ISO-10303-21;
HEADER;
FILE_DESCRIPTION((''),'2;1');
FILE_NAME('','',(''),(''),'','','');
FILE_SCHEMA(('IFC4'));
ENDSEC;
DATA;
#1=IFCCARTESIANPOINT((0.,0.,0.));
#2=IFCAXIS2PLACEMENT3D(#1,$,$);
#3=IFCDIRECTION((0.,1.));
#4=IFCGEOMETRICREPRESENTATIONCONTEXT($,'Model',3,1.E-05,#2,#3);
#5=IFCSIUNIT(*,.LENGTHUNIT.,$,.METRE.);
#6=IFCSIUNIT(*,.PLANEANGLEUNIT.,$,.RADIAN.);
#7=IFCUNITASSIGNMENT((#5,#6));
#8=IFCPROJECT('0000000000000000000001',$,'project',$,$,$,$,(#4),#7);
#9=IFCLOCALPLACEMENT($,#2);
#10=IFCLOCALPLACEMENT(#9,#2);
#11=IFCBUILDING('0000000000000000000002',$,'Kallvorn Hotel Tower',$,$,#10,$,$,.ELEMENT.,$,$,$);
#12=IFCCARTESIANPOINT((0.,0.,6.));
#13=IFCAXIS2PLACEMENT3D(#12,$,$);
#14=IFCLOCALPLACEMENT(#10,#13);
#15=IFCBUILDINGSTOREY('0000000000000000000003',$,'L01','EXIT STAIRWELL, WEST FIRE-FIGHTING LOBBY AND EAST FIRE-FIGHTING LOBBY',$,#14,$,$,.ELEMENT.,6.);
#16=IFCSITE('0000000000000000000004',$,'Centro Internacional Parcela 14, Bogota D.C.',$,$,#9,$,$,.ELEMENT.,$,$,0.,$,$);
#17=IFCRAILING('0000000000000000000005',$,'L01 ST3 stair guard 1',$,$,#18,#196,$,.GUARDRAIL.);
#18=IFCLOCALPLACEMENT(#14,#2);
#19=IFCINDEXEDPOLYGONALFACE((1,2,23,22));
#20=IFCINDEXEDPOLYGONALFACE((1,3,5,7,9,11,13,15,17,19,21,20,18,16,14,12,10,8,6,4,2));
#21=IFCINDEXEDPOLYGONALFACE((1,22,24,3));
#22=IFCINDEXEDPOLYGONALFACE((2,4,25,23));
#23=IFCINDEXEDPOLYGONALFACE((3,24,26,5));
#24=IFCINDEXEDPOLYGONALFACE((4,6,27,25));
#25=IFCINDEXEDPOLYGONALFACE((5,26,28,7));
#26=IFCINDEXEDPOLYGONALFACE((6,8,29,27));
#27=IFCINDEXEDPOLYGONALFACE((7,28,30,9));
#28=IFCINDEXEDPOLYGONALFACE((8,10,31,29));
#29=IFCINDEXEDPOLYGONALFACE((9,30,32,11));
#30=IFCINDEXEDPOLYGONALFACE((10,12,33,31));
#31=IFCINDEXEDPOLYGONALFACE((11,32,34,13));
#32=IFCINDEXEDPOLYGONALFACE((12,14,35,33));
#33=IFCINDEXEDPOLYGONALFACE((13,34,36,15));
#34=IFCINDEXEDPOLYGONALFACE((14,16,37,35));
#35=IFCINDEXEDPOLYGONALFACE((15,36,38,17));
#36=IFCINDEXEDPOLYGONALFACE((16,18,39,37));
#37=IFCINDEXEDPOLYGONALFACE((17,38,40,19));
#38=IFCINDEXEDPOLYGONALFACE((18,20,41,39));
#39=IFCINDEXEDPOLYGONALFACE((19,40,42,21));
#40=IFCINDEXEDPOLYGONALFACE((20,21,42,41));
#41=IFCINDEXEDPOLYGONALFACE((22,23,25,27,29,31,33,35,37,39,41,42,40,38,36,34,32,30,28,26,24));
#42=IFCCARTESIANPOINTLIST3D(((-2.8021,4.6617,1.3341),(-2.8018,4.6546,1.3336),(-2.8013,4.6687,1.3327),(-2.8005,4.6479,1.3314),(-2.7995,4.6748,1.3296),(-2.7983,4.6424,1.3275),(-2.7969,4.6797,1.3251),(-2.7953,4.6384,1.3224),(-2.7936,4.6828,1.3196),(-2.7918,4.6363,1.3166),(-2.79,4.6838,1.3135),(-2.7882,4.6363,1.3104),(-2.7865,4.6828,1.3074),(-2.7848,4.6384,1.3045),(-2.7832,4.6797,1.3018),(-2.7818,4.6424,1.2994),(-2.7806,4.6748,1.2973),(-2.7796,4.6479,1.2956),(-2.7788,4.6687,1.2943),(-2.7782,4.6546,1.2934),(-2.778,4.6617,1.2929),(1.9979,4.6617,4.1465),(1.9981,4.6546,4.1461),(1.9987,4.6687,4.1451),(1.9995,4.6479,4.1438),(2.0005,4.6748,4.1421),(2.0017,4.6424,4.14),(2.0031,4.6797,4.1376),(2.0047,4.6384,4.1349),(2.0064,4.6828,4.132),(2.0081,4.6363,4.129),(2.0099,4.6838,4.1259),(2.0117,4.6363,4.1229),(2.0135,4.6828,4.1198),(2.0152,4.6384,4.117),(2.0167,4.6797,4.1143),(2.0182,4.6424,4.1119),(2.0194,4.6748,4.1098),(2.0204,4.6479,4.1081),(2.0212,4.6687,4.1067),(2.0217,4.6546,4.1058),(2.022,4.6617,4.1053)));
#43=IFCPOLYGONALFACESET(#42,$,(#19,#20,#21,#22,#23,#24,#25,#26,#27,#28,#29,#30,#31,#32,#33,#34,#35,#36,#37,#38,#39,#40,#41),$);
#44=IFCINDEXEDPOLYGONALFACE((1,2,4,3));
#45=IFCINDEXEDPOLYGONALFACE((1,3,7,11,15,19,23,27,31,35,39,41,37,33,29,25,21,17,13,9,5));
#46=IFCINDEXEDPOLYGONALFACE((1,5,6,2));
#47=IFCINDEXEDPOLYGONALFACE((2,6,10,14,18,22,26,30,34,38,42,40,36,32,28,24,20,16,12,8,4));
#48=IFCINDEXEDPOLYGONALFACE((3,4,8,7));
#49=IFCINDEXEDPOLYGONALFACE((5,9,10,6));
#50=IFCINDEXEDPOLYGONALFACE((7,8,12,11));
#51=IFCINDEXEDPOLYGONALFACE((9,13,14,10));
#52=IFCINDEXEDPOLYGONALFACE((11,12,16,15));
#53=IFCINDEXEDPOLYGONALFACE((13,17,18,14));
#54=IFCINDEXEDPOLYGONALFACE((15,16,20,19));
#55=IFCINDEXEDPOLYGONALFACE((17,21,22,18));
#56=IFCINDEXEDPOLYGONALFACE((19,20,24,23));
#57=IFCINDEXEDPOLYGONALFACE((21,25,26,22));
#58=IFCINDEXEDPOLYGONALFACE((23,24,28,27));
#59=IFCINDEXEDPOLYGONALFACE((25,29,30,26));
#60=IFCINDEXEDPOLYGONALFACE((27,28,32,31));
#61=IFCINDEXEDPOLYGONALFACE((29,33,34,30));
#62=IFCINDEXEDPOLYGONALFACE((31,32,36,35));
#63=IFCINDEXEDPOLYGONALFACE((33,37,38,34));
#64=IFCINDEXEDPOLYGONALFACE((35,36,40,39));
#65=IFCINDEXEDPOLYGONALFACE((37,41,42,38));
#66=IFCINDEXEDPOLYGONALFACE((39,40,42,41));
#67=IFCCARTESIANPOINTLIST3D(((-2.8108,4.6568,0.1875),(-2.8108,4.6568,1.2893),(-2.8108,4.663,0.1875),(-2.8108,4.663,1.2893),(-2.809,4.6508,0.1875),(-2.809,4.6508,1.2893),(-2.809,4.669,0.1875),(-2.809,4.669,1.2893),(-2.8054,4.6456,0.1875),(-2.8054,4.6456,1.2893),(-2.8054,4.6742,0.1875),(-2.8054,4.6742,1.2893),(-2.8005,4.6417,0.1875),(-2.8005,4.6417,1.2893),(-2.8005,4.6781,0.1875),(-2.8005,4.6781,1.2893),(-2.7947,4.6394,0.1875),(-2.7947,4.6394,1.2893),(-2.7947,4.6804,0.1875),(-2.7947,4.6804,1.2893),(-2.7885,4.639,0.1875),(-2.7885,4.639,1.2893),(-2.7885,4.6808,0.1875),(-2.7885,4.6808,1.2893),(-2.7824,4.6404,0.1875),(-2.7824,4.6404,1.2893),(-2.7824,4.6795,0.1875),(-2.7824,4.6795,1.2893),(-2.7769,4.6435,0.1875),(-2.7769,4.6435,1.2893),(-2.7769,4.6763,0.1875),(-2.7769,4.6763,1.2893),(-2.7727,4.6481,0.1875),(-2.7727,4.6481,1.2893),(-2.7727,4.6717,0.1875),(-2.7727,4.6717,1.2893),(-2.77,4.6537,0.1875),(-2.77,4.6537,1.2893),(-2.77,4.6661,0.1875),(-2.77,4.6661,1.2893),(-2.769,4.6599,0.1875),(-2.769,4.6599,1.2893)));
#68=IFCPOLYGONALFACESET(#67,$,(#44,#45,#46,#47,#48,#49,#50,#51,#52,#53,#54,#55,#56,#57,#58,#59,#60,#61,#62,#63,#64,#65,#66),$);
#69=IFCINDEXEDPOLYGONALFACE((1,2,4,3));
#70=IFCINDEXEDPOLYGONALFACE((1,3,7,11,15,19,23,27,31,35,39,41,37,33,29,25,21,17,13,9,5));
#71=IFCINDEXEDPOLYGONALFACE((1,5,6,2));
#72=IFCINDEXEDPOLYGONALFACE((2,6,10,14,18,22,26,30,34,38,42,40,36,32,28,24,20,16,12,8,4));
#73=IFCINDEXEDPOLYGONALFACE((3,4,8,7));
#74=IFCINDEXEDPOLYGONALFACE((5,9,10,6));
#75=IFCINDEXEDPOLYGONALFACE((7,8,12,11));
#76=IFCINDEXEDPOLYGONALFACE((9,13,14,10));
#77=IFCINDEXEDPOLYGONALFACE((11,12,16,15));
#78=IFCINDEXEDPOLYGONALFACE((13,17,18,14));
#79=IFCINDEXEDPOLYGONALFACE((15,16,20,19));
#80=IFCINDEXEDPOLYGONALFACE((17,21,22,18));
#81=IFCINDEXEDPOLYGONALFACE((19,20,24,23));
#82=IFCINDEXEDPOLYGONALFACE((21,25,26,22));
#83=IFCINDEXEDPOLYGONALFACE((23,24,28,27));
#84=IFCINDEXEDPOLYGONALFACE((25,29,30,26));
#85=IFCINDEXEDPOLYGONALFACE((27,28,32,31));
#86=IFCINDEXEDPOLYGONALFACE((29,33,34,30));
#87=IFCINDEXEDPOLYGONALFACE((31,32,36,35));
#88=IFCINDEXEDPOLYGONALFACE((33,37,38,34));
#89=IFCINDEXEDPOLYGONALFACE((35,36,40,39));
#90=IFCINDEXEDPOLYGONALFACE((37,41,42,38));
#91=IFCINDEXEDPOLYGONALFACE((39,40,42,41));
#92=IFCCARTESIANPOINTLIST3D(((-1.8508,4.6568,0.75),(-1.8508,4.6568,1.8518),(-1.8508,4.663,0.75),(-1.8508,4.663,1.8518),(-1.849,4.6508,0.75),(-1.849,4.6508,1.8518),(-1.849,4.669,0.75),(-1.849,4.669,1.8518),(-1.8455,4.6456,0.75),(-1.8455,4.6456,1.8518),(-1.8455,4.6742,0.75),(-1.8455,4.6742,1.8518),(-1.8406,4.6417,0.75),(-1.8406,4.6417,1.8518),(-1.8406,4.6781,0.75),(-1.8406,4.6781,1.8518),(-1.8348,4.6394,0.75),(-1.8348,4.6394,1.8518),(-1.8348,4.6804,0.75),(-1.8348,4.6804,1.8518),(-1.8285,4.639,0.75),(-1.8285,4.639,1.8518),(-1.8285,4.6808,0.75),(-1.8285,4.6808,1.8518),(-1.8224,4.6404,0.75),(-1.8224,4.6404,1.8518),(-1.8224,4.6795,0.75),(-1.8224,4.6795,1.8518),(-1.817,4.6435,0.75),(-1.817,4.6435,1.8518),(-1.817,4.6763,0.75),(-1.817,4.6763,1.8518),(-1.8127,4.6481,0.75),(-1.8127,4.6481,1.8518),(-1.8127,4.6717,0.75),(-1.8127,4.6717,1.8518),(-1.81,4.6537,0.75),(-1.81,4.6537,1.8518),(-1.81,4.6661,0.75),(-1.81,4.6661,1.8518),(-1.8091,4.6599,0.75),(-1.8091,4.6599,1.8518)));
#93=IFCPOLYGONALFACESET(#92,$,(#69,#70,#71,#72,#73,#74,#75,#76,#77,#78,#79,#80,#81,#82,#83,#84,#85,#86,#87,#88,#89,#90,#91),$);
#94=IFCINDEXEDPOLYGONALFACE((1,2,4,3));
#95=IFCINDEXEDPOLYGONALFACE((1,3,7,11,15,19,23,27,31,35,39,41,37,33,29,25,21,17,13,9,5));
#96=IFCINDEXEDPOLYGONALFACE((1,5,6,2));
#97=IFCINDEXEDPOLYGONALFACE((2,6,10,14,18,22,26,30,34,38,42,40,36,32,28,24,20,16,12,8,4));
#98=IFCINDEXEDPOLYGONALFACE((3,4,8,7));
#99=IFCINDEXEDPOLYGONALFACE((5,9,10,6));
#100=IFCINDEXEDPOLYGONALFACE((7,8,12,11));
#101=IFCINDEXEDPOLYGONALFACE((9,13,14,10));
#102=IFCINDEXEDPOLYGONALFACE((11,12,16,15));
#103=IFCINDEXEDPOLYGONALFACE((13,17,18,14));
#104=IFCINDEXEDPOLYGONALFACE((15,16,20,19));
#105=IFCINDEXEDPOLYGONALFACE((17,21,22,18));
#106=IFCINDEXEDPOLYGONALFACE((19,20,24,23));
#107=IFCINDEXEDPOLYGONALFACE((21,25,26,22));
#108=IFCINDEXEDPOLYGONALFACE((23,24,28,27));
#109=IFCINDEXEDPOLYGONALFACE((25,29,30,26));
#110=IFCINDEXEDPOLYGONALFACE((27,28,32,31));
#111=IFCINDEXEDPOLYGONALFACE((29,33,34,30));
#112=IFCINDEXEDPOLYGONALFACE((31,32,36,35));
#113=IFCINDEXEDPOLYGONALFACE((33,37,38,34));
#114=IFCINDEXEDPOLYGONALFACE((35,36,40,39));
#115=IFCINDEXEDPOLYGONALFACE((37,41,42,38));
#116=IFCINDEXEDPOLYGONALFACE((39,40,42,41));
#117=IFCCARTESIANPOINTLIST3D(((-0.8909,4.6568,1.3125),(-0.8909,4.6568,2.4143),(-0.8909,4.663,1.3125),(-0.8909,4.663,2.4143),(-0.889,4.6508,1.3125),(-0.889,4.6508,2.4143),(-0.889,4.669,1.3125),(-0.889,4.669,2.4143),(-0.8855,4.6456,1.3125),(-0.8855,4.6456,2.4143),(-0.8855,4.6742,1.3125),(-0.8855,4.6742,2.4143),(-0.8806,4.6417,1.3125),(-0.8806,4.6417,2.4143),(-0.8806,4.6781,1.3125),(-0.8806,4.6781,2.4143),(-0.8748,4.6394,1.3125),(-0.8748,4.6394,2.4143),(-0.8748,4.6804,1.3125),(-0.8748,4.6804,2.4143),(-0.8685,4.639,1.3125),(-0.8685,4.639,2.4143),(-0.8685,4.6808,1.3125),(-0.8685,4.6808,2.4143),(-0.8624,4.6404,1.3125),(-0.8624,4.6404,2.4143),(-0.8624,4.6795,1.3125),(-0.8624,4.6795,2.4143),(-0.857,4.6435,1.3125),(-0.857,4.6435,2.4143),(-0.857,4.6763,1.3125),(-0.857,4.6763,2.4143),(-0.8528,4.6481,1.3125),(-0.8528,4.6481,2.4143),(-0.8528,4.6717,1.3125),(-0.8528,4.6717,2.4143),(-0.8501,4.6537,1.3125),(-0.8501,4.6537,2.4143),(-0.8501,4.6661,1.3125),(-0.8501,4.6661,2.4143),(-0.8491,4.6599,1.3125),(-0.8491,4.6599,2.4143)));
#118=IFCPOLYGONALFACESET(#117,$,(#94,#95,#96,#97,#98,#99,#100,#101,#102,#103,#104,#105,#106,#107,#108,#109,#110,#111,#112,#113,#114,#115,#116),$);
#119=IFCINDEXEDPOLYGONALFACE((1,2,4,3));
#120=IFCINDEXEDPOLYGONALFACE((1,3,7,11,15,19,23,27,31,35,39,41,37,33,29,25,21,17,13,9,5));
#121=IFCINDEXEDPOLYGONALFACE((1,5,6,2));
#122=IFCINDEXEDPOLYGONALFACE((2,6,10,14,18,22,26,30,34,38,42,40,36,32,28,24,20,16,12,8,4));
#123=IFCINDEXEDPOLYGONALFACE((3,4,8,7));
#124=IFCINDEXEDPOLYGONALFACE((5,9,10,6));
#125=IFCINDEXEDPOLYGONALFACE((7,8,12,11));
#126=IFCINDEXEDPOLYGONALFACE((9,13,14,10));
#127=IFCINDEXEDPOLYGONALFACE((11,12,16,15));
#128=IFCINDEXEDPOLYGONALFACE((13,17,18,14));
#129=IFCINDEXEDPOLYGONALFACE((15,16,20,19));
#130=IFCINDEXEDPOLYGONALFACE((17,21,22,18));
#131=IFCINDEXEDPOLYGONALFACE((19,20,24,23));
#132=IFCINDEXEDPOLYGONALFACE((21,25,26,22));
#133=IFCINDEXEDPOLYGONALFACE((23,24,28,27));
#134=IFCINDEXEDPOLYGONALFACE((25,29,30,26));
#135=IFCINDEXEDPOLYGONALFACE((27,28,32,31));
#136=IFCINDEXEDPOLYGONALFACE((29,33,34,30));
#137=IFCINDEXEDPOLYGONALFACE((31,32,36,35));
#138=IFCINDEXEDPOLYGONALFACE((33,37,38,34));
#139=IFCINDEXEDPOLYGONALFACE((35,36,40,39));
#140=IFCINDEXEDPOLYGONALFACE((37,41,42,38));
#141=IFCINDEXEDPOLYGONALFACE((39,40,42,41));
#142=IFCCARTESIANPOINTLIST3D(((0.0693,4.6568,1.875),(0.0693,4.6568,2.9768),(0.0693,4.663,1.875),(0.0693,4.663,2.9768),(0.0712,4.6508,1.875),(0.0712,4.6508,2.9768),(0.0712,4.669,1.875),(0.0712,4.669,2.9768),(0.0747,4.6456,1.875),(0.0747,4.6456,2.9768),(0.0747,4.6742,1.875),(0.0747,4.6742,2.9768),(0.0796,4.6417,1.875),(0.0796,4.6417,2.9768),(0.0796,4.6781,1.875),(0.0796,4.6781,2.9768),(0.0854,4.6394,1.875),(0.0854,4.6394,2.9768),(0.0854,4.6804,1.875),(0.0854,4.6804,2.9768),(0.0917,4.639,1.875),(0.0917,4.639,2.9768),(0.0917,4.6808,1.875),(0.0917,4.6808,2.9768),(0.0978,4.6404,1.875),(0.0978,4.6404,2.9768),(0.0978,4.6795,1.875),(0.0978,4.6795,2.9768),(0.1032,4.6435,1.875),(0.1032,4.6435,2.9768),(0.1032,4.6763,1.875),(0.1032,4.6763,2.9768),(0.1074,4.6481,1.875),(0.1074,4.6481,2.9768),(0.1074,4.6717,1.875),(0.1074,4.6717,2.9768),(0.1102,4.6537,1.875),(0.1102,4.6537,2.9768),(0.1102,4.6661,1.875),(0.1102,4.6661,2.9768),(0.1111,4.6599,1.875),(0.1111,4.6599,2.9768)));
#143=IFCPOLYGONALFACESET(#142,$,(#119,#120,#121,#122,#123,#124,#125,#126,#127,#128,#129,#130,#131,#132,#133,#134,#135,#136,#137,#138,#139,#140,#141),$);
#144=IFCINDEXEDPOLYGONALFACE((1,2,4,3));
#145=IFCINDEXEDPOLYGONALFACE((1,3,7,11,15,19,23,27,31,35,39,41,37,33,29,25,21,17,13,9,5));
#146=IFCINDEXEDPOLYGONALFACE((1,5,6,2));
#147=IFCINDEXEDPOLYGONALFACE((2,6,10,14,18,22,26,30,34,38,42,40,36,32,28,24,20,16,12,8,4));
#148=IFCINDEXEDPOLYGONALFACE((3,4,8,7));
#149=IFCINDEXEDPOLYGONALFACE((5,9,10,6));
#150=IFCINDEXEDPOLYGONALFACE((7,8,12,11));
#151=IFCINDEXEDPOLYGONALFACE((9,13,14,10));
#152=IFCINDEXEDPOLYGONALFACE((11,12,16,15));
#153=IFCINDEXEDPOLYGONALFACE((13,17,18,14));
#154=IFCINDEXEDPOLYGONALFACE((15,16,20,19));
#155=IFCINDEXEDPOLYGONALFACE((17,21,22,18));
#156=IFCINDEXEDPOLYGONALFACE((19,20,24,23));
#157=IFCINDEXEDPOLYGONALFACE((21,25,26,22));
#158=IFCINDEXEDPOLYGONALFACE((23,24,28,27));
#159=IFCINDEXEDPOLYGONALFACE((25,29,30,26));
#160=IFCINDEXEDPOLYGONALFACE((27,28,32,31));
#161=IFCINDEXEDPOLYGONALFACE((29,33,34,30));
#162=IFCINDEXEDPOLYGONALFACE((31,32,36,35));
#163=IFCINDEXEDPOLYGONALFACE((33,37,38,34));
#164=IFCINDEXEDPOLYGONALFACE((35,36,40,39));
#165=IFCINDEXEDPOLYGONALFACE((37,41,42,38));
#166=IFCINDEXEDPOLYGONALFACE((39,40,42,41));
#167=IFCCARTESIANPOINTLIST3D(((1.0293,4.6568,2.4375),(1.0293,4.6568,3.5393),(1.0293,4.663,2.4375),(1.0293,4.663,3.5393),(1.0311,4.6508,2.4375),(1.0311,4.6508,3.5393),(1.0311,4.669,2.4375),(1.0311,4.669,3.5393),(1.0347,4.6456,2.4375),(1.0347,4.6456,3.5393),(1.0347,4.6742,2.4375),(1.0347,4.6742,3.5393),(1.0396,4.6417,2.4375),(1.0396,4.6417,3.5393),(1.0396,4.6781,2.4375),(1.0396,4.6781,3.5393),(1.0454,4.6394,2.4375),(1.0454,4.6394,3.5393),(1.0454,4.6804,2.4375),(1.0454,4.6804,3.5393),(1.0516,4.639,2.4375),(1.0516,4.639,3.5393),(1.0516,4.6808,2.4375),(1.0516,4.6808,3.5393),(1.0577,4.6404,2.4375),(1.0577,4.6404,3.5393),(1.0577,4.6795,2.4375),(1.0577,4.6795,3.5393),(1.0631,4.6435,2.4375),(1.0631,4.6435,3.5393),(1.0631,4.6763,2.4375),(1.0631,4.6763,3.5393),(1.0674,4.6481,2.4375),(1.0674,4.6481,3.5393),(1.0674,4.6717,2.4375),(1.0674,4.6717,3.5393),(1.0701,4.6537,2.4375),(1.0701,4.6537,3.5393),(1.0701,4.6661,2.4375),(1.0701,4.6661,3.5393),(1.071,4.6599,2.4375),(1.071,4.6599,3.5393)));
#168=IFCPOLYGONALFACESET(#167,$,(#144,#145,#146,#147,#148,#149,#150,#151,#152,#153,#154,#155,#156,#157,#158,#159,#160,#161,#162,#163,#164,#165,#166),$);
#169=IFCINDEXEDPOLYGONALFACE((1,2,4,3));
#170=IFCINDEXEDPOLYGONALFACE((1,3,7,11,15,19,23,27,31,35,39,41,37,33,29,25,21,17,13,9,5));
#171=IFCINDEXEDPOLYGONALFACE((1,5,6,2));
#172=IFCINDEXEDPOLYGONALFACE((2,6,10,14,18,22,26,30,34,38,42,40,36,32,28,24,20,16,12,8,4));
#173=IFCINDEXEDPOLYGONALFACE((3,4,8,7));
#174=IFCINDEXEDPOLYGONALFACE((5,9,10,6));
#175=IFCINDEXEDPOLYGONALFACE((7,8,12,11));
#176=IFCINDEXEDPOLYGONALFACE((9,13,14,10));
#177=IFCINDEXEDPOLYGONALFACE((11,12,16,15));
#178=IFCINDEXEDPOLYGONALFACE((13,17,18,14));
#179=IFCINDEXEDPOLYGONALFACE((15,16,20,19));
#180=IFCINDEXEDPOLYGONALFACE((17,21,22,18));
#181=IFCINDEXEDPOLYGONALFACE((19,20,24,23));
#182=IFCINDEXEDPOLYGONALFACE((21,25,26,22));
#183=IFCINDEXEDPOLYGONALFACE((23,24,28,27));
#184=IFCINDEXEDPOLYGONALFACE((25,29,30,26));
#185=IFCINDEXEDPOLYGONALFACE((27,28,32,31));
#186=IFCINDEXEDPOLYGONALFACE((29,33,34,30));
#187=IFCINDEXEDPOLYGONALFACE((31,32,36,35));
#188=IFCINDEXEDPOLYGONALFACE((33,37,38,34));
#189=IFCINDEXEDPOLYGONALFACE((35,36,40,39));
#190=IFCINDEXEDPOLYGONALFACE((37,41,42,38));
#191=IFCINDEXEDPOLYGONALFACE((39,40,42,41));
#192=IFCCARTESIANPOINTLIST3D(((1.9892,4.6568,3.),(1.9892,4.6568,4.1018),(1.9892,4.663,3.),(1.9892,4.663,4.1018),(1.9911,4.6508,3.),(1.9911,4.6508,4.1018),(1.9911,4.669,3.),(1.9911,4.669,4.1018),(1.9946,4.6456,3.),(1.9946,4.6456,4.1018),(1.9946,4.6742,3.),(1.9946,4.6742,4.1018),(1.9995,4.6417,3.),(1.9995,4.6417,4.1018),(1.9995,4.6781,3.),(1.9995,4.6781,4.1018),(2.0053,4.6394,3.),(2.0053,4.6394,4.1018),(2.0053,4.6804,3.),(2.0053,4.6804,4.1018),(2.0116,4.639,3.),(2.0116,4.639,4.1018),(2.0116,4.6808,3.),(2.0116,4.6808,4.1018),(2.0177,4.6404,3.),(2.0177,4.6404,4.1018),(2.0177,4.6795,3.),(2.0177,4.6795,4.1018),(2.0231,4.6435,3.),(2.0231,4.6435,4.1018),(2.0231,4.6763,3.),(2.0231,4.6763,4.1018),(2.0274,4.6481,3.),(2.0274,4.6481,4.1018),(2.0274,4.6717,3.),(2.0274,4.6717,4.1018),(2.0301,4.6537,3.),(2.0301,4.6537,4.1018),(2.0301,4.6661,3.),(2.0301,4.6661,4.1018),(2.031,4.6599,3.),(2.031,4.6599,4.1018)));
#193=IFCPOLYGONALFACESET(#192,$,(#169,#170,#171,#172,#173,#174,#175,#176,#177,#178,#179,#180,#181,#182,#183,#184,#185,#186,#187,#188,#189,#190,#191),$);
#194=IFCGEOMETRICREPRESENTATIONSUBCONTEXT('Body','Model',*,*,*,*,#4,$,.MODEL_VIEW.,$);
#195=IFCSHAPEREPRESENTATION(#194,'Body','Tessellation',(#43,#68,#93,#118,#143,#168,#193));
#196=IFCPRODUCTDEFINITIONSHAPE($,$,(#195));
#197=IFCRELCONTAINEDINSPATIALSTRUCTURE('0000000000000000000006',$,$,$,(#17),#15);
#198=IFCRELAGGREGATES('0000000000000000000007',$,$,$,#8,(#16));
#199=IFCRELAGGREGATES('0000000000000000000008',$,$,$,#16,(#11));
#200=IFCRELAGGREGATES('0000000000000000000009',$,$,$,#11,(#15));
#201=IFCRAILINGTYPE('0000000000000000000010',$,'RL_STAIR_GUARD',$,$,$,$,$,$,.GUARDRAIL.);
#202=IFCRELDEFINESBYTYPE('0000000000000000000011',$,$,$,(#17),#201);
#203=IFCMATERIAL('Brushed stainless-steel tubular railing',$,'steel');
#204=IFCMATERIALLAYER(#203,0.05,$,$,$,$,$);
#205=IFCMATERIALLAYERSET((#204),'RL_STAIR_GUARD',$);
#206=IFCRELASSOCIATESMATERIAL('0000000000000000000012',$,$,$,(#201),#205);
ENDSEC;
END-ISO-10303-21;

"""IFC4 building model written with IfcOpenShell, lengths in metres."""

from ifc_helpers import new_model, si_unit, direction, frame, origin, origin_2d, place, context, subcontext, project, spatial, circle, extrude, material, layer, layer_set, type_object, element, save


model = new_model("IFC4")

# Units and contexts
model_context = context("Model", 3, precision=1e-05, world=origin(), true_north=direction((0.0, 1.0)))
body_context = subcontext(model_context, "Body", "Model", "MODEL_VIEW")
ifc_project = project(units=[si_unit("LENGTHUNIT", "METRE"), si_unit("PLANEANGLEUNIT", "RADIAN")], contexts=[model_context])

# Site, building, storey
site_placement = place(None, origin())
site = spatial("IfcSite", under=ifc_project, at=site_placement, Name="Centro Internacional Parcela 14, Bogota D.C.", CompositionType="ELEMENT", RefElevation=0.0)
building_placement = place(site_placement, origin())
building = spatial("IfcBuilding", under=site, at=building_placement, Name="Kallvorn Hotel Tower", CompositionType="ELEMENT")
storey_placement = place(building_placement, frame((0.0, 0.0, 6.0)))
storey = spatial("IfcBuildingStorey", under=building, at=storey_placement, Name="L01", Description="EXIT STAIRWELL, WEST FIRE-FIGHTING LOBBY AND EAST FIRE-FIGHTING LOBBY", CompositionType="ELEMENT", Elevation=6.0)

# Railing
ifc_material_1 = material(Name="Brushed stainless-steel tubular railing", Category="steel")
ifc_layer_1 = layer(ifc_material_1, 0.05)
ifc_layer_set_1 = layer_set([ifc_layer_1], Name="RL_STAIR_GUARD")
railing_type_1 = type_object("IfcRailingType", Name="RL_STAIR_GUARD", PredefinedType="GUARDRAIL", material=ifc_layer_set_1)
railing_1_placement = place(storey_placement, frame((-2.79, 4.6599, 0.1875)))
element("IfcRailing", 1, at=railing_1_placement, inside=storey, type_object=railing_type_1, Name="L01 ST3 stair guard 1", PredefinedType="GUARDRAIL", context=body_context, shape_type="SweptSolid", body=[
    extrude(circle(Radius=0.0239, at=origin_2d()), frame((0.0, 0.0, 1.126), z_axis=(0.862802, 0.0, 0.505543), x_axis=(0.0, 1.0, 0.0)), (0.0, 0.0, 1.0), 5.5632),
    extrude(circle(Radius=0.021, at=origin_2d()), origin(), (0.0, 0.0, 1.0), 1.1018),
    extrude(circle(Radius=0.021, at=origin_2d()), frame((0.96, 0.0, 0.5625)), (0.0, 0.0, 1.0), 1.1018),
    extrude(circle(Radius=0.021, at=origin_2d()), frame((1.9199, 0.0, 1.125)), (0.0, 0.0, 1.0), 1.1018),
    extrude(circle(Radius=0.021, at=origin_2d()), frame((2.8801, 0.0, 1.6875)), (0.0, 0.0, 1.0), 1.1018),
    extrude(circle(Radius=0.021, at=origin_2d()), frame((3.8401, 0.0, 2.25)), (0.0, 0.0, 1.0), 1.1018),
    extrude(circle(Radius=0.021, at=origin_2d()), frame((4.8, 0.0, 2.8125)), (0.0, 0.0, 1.0), 1.1018),
])

save(model, "model.ifc")
